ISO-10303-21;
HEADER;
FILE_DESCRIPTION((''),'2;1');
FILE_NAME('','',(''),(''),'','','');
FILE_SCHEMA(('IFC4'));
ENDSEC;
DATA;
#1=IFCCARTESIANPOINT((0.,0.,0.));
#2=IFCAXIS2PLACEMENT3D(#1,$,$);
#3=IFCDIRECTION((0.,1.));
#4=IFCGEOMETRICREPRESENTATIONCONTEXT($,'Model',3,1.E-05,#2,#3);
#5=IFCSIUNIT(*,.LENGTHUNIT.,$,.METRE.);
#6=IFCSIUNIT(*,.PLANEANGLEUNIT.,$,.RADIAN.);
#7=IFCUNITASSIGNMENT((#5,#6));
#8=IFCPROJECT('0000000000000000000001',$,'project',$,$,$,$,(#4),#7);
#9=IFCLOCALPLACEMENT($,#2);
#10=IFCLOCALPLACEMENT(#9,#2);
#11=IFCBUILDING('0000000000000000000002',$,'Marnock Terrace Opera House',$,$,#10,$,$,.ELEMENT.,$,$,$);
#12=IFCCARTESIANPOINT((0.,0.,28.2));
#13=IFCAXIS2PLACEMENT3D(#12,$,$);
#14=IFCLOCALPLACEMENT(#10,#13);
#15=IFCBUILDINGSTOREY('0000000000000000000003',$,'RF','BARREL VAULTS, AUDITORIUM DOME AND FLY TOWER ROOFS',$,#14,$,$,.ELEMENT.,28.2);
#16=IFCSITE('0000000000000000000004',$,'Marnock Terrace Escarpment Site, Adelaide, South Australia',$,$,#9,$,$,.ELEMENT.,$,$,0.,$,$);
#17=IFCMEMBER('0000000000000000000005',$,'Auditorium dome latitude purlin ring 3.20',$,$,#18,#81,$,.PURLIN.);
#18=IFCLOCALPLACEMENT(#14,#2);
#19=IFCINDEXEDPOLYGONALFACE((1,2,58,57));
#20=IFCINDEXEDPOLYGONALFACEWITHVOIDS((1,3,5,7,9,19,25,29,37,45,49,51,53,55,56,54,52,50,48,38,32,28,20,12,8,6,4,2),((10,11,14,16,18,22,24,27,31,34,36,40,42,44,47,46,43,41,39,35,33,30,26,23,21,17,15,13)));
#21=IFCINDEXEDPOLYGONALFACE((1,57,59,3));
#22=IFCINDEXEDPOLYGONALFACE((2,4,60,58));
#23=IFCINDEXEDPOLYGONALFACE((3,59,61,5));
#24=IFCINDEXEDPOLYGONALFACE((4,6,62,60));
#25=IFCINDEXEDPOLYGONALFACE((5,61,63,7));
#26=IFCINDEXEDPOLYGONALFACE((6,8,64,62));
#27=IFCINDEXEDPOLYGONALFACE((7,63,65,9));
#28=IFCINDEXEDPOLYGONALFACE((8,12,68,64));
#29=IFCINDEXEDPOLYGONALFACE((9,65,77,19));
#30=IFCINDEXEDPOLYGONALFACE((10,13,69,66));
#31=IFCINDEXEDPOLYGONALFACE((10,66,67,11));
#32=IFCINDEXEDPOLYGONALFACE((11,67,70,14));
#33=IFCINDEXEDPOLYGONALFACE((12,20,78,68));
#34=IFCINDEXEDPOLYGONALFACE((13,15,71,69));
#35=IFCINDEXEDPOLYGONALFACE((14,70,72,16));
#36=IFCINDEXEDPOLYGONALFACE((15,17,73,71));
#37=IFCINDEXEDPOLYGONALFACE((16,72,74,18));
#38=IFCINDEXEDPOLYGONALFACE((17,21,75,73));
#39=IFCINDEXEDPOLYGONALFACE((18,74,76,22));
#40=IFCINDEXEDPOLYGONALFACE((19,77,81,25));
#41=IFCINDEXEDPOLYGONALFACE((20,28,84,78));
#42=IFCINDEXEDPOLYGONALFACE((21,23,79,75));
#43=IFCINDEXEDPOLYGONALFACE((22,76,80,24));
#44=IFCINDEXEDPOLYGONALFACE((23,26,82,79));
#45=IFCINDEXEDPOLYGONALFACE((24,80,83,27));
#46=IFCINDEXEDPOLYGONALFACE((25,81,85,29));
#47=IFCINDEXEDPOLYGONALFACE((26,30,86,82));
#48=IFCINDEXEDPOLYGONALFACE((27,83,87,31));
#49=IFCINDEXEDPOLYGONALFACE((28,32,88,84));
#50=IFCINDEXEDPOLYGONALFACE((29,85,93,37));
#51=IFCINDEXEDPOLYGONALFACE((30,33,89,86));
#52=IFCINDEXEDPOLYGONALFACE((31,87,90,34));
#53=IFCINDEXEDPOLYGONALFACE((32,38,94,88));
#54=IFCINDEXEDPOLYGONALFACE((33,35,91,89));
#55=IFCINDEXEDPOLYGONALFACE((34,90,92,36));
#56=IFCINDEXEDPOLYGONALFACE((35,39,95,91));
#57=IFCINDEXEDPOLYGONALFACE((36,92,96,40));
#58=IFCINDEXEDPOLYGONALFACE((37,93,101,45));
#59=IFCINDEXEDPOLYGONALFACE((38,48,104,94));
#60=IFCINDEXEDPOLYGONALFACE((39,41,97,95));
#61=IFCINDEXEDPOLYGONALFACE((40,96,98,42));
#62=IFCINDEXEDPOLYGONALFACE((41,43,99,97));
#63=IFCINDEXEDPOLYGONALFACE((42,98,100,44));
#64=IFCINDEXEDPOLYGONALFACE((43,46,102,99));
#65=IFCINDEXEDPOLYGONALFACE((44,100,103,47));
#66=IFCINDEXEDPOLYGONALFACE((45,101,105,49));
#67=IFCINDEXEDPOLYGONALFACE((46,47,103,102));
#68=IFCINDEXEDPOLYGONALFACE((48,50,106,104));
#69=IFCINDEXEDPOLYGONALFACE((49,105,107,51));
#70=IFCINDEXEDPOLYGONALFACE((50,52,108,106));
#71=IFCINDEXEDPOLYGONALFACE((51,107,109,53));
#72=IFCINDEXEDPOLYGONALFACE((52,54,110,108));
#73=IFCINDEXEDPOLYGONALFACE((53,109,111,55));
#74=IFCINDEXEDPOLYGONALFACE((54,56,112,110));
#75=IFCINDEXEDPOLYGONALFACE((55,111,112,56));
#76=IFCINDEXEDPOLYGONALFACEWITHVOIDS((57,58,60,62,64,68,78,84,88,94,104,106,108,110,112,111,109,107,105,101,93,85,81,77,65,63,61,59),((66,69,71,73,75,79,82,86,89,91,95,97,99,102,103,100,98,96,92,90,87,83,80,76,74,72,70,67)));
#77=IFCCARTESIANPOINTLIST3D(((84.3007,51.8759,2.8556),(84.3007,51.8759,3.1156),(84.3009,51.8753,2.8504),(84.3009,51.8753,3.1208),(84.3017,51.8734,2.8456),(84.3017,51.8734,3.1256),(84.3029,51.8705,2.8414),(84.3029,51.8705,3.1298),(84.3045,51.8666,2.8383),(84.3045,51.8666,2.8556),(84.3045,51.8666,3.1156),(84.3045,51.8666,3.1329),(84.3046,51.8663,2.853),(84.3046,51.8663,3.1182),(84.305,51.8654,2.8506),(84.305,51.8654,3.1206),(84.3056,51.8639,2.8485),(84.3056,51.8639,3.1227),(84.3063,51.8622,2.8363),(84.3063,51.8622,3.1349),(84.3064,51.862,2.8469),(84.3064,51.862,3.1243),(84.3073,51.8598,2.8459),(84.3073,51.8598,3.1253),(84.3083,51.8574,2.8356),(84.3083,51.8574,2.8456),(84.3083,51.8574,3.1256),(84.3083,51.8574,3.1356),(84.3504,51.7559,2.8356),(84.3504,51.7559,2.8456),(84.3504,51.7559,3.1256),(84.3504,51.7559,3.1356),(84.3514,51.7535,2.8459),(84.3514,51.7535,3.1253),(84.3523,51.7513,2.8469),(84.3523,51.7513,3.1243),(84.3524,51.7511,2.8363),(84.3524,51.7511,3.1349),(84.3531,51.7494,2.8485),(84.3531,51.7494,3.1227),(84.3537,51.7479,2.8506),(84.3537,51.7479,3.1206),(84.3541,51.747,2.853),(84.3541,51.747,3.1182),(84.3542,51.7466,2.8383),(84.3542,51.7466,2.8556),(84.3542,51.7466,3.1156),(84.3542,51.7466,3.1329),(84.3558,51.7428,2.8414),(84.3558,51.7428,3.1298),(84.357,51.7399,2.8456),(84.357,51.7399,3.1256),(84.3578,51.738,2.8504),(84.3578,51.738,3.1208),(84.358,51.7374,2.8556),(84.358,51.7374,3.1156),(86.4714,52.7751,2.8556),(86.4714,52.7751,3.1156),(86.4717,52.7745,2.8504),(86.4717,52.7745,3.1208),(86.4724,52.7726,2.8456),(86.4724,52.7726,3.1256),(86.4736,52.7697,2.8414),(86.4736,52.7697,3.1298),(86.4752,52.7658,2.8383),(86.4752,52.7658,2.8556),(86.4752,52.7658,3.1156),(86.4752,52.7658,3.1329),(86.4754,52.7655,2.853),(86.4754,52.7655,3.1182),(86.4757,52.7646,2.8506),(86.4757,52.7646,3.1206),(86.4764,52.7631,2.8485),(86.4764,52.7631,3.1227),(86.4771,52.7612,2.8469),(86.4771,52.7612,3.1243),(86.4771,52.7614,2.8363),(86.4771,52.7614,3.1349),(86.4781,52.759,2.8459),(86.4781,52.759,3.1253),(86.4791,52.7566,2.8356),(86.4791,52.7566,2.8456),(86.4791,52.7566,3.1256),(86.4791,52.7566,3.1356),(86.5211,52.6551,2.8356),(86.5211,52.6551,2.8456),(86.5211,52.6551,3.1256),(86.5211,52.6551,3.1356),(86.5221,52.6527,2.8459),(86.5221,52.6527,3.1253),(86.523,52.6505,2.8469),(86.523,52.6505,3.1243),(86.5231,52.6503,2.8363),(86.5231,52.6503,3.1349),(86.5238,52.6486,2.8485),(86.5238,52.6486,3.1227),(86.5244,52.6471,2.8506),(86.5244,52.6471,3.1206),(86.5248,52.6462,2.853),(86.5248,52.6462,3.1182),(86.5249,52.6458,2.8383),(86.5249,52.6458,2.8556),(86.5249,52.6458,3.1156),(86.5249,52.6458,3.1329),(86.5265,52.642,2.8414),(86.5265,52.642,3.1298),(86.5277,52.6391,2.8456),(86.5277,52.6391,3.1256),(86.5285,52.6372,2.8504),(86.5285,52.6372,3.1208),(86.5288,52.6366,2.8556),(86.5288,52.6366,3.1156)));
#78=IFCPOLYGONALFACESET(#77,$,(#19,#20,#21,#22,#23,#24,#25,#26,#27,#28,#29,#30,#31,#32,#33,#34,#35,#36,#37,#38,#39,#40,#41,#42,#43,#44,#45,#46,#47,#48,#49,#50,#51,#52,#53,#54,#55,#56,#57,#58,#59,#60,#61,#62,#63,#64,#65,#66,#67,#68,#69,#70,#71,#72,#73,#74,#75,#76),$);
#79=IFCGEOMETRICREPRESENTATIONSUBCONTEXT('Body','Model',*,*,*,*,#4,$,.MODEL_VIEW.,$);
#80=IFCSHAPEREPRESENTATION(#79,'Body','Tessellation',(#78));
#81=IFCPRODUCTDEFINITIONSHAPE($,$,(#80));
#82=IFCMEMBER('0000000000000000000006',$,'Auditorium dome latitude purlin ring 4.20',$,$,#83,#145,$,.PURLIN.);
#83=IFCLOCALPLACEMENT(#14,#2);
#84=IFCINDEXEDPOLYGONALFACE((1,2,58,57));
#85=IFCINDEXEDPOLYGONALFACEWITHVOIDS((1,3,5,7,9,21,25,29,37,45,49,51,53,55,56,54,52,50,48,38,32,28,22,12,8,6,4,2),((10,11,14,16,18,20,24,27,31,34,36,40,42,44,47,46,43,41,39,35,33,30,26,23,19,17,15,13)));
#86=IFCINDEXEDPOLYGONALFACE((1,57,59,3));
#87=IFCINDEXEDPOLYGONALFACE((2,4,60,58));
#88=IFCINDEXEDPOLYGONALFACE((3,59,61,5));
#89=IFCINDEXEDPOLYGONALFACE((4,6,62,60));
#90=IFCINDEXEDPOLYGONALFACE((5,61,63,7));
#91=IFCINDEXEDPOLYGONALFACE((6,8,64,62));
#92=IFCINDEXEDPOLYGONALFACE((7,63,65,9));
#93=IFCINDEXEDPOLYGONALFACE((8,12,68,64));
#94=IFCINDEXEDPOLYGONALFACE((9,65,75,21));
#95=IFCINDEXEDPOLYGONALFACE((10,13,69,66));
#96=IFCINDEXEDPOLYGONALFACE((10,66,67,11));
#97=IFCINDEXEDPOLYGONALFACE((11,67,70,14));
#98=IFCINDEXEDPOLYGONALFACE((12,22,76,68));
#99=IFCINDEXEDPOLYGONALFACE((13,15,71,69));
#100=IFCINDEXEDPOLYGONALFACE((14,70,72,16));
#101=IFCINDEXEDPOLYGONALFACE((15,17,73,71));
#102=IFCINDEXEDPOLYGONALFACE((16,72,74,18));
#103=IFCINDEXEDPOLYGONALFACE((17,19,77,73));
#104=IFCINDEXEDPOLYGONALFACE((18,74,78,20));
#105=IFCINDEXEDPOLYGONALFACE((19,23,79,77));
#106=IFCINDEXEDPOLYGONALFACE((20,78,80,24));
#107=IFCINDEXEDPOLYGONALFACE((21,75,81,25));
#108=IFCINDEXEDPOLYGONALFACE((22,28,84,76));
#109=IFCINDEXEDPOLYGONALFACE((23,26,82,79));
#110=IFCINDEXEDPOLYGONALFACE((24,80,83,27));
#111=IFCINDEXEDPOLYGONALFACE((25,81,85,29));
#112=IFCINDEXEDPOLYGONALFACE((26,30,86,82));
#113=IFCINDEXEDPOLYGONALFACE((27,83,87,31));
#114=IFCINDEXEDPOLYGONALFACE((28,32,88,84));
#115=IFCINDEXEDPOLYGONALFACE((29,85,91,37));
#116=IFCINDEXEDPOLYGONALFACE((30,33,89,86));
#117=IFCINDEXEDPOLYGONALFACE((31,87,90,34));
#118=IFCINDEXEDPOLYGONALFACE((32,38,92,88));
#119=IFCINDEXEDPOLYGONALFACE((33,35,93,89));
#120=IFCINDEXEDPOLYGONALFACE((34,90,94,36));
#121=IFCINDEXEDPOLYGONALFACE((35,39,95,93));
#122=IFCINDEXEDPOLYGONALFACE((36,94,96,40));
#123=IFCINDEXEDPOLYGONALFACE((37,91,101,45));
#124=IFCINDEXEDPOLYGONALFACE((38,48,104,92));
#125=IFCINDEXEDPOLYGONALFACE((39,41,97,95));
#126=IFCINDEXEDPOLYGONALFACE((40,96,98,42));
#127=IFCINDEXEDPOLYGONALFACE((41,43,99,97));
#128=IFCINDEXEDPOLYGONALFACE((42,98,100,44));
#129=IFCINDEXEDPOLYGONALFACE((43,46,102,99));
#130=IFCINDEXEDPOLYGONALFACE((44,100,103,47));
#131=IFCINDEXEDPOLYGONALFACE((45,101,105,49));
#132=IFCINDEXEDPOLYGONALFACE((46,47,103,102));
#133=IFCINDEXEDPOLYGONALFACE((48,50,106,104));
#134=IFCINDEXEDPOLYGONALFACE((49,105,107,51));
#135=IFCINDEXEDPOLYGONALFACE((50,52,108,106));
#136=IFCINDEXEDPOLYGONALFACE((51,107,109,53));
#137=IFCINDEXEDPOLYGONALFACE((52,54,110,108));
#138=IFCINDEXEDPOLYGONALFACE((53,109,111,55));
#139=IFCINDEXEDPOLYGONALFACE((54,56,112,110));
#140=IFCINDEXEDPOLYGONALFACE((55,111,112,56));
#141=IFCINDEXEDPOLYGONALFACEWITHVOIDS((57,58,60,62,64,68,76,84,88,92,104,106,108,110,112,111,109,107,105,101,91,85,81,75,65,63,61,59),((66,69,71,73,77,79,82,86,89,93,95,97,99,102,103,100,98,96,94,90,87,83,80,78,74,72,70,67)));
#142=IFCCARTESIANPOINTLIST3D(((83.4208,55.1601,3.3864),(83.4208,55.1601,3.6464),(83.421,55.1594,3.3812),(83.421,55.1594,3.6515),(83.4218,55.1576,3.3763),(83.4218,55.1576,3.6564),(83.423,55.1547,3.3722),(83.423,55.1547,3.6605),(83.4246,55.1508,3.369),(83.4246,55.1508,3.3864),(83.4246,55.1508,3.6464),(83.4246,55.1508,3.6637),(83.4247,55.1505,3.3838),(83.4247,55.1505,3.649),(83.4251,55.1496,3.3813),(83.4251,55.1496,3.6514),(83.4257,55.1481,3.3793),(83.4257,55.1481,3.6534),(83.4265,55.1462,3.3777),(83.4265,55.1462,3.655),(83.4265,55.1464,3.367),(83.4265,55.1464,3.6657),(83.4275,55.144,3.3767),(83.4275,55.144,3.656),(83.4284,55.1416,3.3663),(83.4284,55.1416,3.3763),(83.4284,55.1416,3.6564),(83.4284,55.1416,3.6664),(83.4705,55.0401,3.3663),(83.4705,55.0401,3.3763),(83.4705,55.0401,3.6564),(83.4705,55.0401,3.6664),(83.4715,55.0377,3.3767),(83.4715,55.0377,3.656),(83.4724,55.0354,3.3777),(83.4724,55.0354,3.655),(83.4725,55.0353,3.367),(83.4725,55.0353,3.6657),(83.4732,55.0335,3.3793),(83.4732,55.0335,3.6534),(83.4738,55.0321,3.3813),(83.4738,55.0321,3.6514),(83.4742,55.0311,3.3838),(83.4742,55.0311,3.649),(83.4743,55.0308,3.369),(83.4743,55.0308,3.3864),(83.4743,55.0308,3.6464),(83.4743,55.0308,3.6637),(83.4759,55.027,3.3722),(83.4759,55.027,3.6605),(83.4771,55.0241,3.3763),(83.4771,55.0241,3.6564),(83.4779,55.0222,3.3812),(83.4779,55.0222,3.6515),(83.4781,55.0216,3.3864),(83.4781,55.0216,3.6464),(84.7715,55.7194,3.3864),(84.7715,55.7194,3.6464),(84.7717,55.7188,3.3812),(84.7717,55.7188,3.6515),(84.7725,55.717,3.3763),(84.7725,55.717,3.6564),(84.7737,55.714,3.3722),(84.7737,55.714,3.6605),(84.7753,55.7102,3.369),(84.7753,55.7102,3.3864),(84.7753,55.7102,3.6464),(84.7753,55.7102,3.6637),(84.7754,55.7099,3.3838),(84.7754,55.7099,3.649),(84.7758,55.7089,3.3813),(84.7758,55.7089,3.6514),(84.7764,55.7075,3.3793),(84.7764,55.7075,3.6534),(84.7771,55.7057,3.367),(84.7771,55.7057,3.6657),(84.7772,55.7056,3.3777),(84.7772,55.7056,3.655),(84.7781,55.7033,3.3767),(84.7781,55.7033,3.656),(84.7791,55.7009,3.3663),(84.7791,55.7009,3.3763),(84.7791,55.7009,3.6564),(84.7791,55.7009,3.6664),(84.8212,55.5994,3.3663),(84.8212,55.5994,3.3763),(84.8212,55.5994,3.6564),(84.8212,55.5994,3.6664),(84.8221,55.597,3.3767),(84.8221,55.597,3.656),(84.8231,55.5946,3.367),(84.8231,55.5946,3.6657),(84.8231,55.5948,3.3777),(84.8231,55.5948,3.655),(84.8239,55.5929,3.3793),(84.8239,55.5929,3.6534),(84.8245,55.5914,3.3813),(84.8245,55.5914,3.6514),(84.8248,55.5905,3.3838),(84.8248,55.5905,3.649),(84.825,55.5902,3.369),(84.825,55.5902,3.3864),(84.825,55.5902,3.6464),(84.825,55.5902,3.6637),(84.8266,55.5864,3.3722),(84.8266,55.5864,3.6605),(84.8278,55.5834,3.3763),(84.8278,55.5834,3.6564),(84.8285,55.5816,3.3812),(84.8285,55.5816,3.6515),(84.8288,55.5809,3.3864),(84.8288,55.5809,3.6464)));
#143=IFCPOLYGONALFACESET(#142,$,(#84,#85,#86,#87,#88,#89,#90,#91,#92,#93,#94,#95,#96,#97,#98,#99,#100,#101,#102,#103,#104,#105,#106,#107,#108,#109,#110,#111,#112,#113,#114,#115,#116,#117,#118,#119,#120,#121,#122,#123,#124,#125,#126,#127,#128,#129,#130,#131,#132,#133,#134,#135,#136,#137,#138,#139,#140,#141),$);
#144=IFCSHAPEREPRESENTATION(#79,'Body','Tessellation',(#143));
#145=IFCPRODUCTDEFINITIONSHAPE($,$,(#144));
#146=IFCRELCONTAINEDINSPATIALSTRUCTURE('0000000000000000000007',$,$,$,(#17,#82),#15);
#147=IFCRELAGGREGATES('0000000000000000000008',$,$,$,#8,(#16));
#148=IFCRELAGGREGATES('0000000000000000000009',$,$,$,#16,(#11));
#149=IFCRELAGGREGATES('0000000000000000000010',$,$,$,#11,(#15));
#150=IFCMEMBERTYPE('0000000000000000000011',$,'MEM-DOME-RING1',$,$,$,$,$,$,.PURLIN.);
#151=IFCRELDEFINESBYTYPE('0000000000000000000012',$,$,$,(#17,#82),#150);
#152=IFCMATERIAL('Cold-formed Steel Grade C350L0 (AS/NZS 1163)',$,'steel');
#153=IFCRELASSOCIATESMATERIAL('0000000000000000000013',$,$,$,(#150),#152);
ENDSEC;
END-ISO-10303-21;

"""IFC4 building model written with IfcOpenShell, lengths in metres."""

from ifc_helpers import new_model, si_unit, direction, frame, origin, origin_2d, place, context, subcontext, project, spatial, hollow_rectangle, extrude, material, material_profile, profile_set, type_object, element, save


model = new_model("IFC4")

# Units and contexts
model_context = context("Model", 3, precision=1e-05, world=origin(), true_north=direction((0.0, 1.0)))
body_context = subcontext(model_context, "Body", "Model", "MODEL_VIEW")
ifc_project = project(units=[si_unit("LENGTHUNIT", "METRE"), si_unit("PLANEANGLEUNIT", "RADIAN")], contexts=[model_context])

# Site, building, storey
site_placement = place(None, origin())
site = spatial("IfcSite", under=ifc_project, at=site_placement, Name="Marnock Terrace Escarpment Site, Adelaide, South Australia", CompositionType="ELEMENT", RefElevation=0.0)
building_placement = place(site_placement, origin())
building = spatial("IfcBuilding", under=site, at=building_placement, Name="Marnock Terrace Opera House", CompositionType="ELEMENT")
storey_placement = place(building_placement, frame((0.0, 0.0, 28.2)))
storey = spatial("IfcBuildingStorey", under=building, at=storey_placement, Name="RF", Description="BARREL VAULTS, AUDITORIUM DOME AND FLY TOWER ROOFS", CompositionType="ELEMENT", Elevation=28.2)

# Members
ifc_material_1 = material(Name="Cold-formed Steel Grade C350L0 (AS/NZS 1163)", Category="steel")
ifc_material_profile_1 = material_profile(ifc_material_1, hollow_rectangle(XDim=0.1499, YDim=0.3, WallThickness=0.01, InnerFilletRadius=0.01, OuterFilletRadius=0.02, at=origin_2d()))
ifc_profile_set_1 = profile_set([ifc_material_profile_1], Name="Cold-formed Steel Grade C350L0 (AS/NZS 1163)")
member_type_1 = type_object("IfcMemberType", Name="MEM-DOME-RING1", PredefinedType="PURLIN", material=ifc_profile_set_1)
member_1_placement = place(storey_placement, frame((84.3293, 51.8066, 2.9856), z_axis=(0.923871, 0.382704, 0.0), x_axis=(-0.382704, 0.923871, 0.0)))
element("IfcMember", 1, at=member_1_placement, inside=storey, type_object=member_type_1, Name="Auditorium dome latitude purlin ring 3.20", PredefinedType="PURLIN", context=body_context, shape_type="SweptSolid", body=[
    extrude(hollow_rectangle(XDim=0.1499, YDim=0.3, WallThickness=0.01, InnerFilletRadius=0.01, OuterFilletRadius=0.02, at=origin_2d()), origin(), (0.0, 0.0, 1.0), 2.3496),
])
member_2_placement = place(storey_placement, frame((83.4495, 55.0908, 3.5164), z_axis=(0.923905, 0.382622, 0.0), x_axis=(-0.382622, 0.923905, 0.0)))
element("IfcMember", 2, at=member_2_placement, inside=storey, type_object=member_type_1, Name="Auditorium dome latitude purlin ring 4.20", PredefinedType="PURLIN", context=body_context, shape_type="SweptSolid", body=[
    extrude(hollow_rectangle(XDim=0.1499, YDim=0.3, WallThickness=0.01, InnerFilletRadius=0.01, OuterFilletRadius=0.02, at=origin_2d()), origin(), (0.0, 0.0, 1.0), 1.4619),
])

save(model, "model.ifc")
